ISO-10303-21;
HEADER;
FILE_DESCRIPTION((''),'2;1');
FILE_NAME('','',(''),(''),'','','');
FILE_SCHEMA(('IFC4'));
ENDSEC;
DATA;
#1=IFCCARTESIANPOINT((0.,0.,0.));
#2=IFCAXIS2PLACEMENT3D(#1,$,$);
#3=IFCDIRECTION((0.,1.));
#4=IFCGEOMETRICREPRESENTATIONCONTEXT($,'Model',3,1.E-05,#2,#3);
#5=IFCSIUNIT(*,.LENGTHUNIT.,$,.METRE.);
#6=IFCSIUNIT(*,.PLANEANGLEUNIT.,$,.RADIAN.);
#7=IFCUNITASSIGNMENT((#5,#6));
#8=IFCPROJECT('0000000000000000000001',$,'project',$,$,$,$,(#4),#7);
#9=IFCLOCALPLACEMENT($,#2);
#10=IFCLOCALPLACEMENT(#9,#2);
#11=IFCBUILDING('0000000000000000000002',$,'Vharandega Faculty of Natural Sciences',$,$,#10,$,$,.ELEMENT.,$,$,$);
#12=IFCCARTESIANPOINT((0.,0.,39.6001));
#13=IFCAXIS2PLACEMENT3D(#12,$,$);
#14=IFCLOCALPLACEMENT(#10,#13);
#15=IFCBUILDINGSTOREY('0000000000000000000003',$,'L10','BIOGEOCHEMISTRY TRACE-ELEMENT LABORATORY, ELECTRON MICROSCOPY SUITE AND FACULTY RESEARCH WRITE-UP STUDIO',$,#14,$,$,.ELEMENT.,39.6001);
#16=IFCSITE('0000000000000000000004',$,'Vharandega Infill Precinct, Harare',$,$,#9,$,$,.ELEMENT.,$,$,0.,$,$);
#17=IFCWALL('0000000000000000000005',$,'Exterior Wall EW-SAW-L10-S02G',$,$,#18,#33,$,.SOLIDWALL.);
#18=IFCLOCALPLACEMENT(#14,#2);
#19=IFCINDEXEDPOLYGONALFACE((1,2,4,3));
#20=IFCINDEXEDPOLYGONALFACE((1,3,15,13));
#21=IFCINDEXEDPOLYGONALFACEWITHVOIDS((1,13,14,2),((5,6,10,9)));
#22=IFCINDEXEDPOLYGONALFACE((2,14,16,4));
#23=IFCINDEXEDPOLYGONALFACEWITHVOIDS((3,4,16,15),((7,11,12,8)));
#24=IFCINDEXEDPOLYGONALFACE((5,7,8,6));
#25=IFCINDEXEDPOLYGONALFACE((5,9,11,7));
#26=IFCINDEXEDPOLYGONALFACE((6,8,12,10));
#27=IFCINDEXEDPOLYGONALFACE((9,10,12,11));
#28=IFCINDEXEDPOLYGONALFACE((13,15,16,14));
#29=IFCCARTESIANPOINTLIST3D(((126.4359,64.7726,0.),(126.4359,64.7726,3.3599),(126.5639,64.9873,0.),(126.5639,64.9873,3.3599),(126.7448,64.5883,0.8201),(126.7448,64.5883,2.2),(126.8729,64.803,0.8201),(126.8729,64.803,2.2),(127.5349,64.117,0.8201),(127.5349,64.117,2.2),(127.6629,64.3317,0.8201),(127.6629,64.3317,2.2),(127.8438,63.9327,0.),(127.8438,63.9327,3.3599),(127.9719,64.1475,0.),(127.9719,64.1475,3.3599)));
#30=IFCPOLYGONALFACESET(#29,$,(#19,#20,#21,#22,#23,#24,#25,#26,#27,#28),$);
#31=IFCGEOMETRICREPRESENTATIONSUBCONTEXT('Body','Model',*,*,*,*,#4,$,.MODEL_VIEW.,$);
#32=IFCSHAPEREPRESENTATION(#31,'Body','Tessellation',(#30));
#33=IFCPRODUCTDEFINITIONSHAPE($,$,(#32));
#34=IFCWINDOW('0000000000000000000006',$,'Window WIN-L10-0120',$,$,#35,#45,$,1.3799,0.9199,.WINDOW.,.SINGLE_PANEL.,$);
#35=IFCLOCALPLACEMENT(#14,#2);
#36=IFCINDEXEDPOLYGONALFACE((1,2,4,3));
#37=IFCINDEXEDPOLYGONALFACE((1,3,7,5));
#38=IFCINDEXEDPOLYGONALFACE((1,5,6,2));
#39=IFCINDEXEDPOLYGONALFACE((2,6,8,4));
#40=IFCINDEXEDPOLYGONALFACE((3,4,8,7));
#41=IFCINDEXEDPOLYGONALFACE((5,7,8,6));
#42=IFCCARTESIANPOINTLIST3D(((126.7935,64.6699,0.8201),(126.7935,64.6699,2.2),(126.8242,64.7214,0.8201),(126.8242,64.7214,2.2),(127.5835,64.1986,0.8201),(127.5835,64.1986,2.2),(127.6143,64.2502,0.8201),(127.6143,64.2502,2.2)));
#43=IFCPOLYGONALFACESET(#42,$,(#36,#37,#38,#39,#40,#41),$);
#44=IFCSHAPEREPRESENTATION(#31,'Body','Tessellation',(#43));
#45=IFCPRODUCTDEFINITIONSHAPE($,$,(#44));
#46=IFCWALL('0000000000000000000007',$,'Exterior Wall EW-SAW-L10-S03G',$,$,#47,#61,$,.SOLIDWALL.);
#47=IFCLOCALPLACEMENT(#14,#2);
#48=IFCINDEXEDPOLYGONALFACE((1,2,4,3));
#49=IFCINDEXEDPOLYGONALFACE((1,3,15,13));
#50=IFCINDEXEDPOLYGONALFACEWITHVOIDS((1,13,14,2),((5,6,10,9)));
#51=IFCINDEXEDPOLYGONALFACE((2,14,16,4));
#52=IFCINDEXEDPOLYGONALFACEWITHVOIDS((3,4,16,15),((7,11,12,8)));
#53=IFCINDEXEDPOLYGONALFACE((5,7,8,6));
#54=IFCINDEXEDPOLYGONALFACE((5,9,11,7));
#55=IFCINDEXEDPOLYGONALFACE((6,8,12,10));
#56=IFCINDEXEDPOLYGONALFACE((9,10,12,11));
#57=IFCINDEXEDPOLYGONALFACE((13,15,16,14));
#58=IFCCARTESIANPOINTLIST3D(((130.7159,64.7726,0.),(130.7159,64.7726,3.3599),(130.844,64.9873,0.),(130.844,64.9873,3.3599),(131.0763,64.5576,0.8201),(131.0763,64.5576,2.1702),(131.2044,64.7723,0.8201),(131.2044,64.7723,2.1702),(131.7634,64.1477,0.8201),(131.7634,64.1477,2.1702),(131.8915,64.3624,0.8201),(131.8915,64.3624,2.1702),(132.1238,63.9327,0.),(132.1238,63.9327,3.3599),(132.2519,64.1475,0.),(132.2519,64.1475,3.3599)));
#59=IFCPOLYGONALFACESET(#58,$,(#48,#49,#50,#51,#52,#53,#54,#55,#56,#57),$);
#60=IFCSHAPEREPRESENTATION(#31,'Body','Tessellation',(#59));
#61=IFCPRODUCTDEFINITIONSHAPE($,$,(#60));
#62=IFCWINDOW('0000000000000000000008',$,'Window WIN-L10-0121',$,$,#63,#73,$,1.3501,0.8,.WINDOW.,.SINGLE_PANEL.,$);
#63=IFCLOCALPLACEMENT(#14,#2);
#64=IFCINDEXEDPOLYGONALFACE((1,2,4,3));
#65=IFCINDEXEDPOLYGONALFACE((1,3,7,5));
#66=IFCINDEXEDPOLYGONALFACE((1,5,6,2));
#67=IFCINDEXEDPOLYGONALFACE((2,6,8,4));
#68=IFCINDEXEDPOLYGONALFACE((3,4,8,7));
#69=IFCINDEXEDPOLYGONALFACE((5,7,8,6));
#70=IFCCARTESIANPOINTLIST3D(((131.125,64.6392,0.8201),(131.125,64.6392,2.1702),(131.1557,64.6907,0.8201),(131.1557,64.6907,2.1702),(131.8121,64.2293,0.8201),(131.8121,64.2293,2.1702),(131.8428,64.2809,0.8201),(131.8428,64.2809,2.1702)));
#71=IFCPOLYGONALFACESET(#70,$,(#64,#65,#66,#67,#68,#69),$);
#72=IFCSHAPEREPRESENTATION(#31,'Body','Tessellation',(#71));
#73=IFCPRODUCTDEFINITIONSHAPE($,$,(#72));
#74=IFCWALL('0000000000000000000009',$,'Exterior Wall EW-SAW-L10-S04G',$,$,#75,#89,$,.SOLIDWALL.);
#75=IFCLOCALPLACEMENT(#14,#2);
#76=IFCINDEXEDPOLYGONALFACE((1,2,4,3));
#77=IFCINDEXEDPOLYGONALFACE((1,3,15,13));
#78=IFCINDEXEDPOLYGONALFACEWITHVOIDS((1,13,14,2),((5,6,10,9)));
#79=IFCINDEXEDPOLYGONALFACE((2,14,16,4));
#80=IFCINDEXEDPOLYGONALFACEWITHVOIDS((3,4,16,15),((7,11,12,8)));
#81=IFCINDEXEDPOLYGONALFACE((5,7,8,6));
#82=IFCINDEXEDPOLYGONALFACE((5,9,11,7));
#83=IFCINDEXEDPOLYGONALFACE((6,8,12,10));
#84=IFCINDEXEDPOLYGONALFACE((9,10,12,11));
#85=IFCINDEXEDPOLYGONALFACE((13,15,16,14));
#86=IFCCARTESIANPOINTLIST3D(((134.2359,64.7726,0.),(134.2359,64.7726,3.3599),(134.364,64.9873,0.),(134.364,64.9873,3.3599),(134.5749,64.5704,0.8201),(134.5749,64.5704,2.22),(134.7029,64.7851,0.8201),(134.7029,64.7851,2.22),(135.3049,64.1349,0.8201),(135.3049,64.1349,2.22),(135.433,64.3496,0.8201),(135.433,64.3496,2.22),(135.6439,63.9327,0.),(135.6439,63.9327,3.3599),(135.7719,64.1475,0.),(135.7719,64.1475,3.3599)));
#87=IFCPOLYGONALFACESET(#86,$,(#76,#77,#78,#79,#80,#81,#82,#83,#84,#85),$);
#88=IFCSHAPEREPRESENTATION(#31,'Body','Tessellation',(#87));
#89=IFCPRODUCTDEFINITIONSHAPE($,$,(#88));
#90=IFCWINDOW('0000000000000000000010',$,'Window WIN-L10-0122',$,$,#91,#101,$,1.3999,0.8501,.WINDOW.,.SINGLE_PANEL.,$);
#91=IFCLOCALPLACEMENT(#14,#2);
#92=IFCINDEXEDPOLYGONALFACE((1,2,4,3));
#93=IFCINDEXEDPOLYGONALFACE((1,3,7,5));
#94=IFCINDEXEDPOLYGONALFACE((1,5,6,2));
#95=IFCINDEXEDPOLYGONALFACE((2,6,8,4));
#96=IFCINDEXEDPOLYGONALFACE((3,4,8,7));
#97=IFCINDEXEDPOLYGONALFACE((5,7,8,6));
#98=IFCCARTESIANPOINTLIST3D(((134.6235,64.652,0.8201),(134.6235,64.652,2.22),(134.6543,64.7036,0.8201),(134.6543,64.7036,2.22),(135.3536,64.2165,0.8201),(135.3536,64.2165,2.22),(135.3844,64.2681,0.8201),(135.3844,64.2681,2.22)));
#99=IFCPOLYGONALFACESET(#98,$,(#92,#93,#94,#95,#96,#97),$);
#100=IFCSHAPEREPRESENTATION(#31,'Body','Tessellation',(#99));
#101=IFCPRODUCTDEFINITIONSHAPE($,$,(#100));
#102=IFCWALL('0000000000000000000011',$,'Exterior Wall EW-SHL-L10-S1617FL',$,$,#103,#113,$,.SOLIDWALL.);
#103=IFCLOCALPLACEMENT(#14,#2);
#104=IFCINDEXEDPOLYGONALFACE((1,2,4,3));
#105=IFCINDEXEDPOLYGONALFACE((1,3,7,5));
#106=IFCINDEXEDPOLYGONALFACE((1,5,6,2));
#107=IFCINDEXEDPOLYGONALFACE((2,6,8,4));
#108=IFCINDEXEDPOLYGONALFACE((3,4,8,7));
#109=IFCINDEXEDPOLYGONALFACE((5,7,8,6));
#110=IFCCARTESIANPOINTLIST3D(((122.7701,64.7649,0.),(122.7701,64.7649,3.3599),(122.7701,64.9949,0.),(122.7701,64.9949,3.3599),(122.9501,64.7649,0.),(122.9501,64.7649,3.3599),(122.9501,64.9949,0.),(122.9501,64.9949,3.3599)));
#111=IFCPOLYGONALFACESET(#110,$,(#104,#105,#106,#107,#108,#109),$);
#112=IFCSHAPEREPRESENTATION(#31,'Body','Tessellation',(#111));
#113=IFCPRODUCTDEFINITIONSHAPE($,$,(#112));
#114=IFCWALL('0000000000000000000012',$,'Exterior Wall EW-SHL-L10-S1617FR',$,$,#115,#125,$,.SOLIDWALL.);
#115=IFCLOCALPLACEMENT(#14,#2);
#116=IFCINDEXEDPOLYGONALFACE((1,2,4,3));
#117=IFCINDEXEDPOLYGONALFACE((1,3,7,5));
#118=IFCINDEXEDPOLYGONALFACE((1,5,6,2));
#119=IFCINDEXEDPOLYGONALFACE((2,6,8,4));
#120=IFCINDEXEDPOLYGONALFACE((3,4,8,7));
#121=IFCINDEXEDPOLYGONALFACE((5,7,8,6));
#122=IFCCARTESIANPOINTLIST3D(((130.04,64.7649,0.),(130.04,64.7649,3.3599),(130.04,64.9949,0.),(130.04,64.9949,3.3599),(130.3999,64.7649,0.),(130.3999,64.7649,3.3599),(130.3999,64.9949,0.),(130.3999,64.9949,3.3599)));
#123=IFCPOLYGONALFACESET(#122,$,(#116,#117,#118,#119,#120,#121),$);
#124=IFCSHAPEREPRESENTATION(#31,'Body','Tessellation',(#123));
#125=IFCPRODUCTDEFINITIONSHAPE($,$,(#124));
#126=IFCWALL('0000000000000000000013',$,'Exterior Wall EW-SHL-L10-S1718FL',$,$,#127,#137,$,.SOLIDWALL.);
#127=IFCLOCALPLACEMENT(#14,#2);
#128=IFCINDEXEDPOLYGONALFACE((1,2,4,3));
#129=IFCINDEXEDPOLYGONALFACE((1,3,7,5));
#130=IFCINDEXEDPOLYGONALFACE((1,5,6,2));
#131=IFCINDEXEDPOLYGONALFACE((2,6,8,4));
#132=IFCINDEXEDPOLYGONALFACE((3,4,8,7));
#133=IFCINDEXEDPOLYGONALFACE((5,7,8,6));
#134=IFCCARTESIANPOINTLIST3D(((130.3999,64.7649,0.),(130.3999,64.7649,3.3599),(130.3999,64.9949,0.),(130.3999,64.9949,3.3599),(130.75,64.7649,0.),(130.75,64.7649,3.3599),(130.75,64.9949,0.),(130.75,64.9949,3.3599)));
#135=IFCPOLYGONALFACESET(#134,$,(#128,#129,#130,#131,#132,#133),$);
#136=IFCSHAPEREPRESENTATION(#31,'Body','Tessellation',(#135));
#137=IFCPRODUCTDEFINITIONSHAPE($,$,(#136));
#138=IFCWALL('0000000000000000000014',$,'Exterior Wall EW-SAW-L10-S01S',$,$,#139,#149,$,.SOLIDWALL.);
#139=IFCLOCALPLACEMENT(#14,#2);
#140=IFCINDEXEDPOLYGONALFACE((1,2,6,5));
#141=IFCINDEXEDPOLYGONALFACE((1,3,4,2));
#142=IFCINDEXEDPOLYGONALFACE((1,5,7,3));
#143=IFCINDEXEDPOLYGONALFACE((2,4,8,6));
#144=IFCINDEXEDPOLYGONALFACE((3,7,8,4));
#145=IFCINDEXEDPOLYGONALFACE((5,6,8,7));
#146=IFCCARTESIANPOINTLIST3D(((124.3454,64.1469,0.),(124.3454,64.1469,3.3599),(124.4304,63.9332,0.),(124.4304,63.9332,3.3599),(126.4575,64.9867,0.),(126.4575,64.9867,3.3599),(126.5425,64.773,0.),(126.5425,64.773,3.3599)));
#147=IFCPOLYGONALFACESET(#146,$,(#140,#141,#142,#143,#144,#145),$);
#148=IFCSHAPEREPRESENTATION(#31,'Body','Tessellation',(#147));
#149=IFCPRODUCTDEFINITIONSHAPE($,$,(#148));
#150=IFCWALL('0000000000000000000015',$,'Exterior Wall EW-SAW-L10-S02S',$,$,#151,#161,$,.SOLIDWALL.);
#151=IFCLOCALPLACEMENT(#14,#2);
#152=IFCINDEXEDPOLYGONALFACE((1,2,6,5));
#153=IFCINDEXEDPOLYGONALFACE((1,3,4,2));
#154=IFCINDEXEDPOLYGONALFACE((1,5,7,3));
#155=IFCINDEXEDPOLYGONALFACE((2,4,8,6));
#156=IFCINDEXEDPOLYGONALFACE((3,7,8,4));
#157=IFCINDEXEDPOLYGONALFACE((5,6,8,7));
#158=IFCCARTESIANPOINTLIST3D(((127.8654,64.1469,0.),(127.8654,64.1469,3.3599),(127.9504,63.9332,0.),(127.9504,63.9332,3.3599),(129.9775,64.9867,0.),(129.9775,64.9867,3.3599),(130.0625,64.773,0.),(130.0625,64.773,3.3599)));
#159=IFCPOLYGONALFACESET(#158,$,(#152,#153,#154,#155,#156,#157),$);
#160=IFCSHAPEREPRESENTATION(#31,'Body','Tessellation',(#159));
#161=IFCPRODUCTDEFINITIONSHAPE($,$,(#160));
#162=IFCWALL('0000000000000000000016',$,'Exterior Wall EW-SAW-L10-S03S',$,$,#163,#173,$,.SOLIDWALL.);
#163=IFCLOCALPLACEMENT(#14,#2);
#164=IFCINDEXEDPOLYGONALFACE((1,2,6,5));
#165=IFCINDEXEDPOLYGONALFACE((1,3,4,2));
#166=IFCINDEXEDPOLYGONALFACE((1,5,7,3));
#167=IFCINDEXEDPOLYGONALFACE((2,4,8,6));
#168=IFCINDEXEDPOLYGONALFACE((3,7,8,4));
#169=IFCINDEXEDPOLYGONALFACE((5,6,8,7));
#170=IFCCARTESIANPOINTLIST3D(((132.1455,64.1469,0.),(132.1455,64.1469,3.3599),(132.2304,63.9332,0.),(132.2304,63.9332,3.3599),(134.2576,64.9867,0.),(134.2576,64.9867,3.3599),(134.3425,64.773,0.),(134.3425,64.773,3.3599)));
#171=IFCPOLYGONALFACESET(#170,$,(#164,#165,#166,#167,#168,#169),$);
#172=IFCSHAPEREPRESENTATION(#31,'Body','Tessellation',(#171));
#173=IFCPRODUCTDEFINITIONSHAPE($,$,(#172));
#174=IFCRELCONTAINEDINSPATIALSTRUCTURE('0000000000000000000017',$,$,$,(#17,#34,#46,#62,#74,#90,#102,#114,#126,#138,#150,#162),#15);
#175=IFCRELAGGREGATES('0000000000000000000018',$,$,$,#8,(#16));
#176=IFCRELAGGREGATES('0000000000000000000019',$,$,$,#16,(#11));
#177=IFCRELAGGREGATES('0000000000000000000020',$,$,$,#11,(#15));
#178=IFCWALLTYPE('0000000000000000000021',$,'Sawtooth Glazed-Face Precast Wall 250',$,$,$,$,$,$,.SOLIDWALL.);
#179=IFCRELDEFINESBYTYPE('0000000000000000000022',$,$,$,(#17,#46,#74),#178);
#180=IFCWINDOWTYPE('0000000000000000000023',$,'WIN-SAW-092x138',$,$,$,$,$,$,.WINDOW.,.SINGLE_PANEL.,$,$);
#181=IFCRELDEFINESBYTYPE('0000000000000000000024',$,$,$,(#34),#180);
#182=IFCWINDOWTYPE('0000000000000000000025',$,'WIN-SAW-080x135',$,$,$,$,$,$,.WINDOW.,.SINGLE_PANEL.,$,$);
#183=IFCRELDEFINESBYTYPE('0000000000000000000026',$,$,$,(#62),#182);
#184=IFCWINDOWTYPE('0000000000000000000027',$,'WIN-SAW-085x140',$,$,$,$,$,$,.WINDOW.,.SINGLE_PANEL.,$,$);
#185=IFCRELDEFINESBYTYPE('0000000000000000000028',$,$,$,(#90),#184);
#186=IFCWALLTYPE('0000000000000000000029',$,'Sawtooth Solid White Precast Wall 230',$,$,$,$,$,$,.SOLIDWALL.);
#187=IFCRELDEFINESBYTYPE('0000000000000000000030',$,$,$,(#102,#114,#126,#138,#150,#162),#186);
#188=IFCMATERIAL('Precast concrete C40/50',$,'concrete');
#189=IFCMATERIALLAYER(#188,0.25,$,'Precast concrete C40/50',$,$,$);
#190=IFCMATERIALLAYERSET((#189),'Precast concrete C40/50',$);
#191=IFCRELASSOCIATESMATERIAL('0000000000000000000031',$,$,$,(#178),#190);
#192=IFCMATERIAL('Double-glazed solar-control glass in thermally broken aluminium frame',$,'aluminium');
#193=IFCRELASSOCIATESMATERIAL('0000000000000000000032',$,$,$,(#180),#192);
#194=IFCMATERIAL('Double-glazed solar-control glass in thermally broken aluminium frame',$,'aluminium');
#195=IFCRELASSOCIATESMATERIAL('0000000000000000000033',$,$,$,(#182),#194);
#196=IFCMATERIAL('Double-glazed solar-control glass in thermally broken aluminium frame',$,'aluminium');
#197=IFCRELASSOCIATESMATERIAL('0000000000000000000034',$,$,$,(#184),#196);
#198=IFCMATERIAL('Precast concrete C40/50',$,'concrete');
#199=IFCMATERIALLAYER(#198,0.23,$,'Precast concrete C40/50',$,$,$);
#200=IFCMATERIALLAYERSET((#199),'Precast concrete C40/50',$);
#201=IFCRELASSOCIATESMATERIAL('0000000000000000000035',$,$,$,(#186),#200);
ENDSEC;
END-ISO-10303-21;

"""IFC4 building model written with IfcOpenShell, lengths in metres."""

from ifc_helpers import new_model, si_unit, direction, frame, frame_2d, origin, place, context, subcontext, project, spatial, rectangle, extrude, material, layer, layer_set, type_object, element, fill, save


model = new_model("IFC4")

# Units and contexts
model_context = context("Model", 3, precision=1e-05, world=origin(), true_north=direction((0.0, 1.0)))
body_context = subcontext(model_context, "Body", "Model", "MODEL_VIEW")
ifc_project = project(units=[si_unit("LENGTHUNIT", "METRE"), si_unit("PLANEANGLEUNIT", "RADIAN")], contexts=[model_context])

# Site, building, storey
site_placement = place(None, origin())
site = spatial("IfcSite", under=ifc_project, at=site_placement, Name="Vharandega Infill Precinct, Harare", CompositionType="ELEMENT", RefElevation=0.0)
building_placement = place(site_placement, origin())
building = spatial("IfcBuilding", under=site, at=building_placement, Name="Vharandega Faculty of Natural Sciences", CompositionType="ELEMENT")
storey_placement = place(building_placement, frame((0.0, 0.0, 39.6001)))
storey = spatial("IfcBuildingStorey", under=building, at=storey_placement, Name="L10", Description="BIOGEOCHEMISTRY TRACE-ELEMENT LABORATORY, ELECTRON MICROSCOPY SUITE AND FACULTY RESEARCH WRITE-UP STUDIO", CompositionType="ELEMENT", Elevation=39.6001)

# Walls, openings, windows
ifc_material_1 = material(Name="Precast concrete C40/50", Category="concrete")
ifc_layer_1 = layer(ifc_material_1, 0.25, Name="Precast concrete C40/50")
ifc_layer_set_1 = layer_set([ifc_layer_1], Name="Precast concrete C40/50")
wall_type_1 = type_object("IfcWallType", Name="Sawtooth Glazed-Face Precast Wall 250", PredefinedType="SOLIDWALL", material=ifc_layer_set_1)
wall_1_placement = place(storey_placement, frame((127.908, 64.04, 0.0), z_axis=(0.0, 0.0, 1.0), x_axis=(-0.858817, 0.512282, 0.0)))
wall_1 = element("IfcWall", 1, at=wall_1_placement, inside=storey, type_object=wall_type_1, Name="Exterior Wall EW-SAW-L10-S02G", PredefinedType="SOLIDWALL", context=body_context, shape_type="SweptSolid", body=[
    extrude(rectangle(XDim=1.6394, YDim=0.25, at=frame_2d((0.8198, 0.0))), origin(), (0.0, 0.0, 1.0), 3.3599),
])
opening_1_placement = place(wall_1_placement, frame((0.3599, 0.0, 0.8201)))
opening_1 = element("IfcOpeningElement", 2, at=opening_1_placement, cuts=wall_1, PredefinedType="OPENING", context=body_context, shape_type="SweptSolid", body=[
    extrude(rectangle(XDim=0.9199, YDim=1.3799, at=frame_2d((0.46, 0.6899))), frame((0.0, 0.135, 0.0), z_axis=(0.0, -1.0, 0.0), x_axis=(1.0, 0.0, 0.0)), (0.0, 0.0, 1.0), 0.27),
])
ifc_material_2 = material(Name="Double-glazed solar-control glass in thermally broken aluminium frame", Category="aluminium")
window_type_1 = type_object("IfcWindowType", Name="WIN-SAW-092x138", PartitioningType="SINGLE_PANEL", PredefinedType="WINDOW", material=ifc_material_2)
window_1_placement = place(opening_1_placement, origin())
window_1 = element("IfcWindow", 3, at=window_1_placement, inside=storey, type_object=window_type_1, Name="Window WIN-L10-0120", OverallHeight=1.3799, OverallWidth=0.9199, PartitioningType="SINGLE_PANEL", PredefinedType="WINDOW", context=body_context, shape_type="SweptSolid", body=[
    extrude(rectangle(XDim=0.9199, YDim=1.3799, at=frame_2d((0.46, 0.6899))), frame((0.0, 0.03, 0.0), z_axis=(0.0, -1.0, 0.0), x_axis=(1.0, 0.0, 0.0)), (0.0, 0.0, 1.0), 0.0601),
])
fill(opening_1, window_1)
wall_2_placement = place(storey_placement, frame((132.188, 64.04, 0.0), z_axis=(0.0, 0.0, 1.0), x_axis=(-0.858817, 0.512282, 0.0)))
wall_2 = element("IfcWall", 4, at=wall_2_placement, inside=storey, type_object=wall_type_1, Name="Exterior Wall EW-SAW-L10-S03G", PredefinedType="SOLIDWALL", context=body_context, shape_type="SweptSolid", body=[
    extrude(rectangle(XDim=1.6394, YDim=0.25, at=frame_2d((0.8198, 0.0))), origin(), (0.0, 0.0, 1.0), 3.3599),
])
opening_2_placement = place(wall_2_placement, frame((0.4199, 0.0, 0.8201)))
opening_2 = element("IfcOpeningElement", 5, at=opening_2_placement, cuts=wall_2, PredefinedType="OPENING", context=body_context, shape_type="SweptSolid", body=[
    extrude(rectangle(XDim=0.8, YDim=1.3501, at=frame_2d((0.3999, 0.675))), frame((0.0, 0.135, 0.0), z_axis=(0.0, -1.0, 0.0), x_axis=(1.0, 0.0, 0.0)), (0.0, 0.0, 1.0), 0.27),
])
ifc_material_3 = material(Name="Double-glazed solar-control glass in thermally broken aluminium frame", Category="aluminium")
window_type_2 = type_object("IfcWindowType", Name="WIN-SAW-080x135", PartitioningType="SINGLE_PANEL", PredefinedType="WINDOW", material=ifc_material_3)
window_2_placement = place(opening_2_placement, origin())
window_2 = element("IfcWindow", 6, at=window_2_placement, inside=storey, type_object=window_type_2, Name="Window WIN-L10-0121", OverallHeight=1.3501, OverallWidth=0.8, PartitioningType="SINGLE_PANEL", PredefinedType="WINDOW", context=body_context, shape_type="SweptSolid", body=[
    extrude(rectangle(XDim=0.8, YDim=1.3501, at=frame_2d((0.3999, 0.675))), frame((0.0, 0.03, 0.0), z_axis=(0.0, -1.0, 0.0), x_axis=(1.0, 0.0, 0.0)), (0.0, 0.0, 1.0), 0.0601),
])
fill(opening_2, window_2)
wall_3_placement = place(storey_placement, frame((135.708, 64.04, 0.0), z_axis=(0.0, 0.0, 1.0), x_axis=(-0.858817, 0.512282, 0.0)))
wall_3 = element("IfcWall", 7, at=wall_3_placement, inside=storey, type_object=wall_type_1, Name="Exterior Wall EW-SAW-L10-S04G", PredefinedType="SOLIDWALL", context=body_context, shape_type="SweptSolid", body=[
    extrude(rectangle(XDim=1.6394, YDim=0.25, at=frame_2d((0.8198, 0.0))), origin(), (0.0, 0.0, 1.0), 3.3599),
])
opening_3_placement = place(wall_3_placement, frame((0.3948, 0.0, 0.8201)))
opening_3 = element("IfcOpeningElement", 8, at=opening_3_placement, cuts=wall_3, PredefinedType="OPENING", context=body_context, shape_type="SweptSolid", body=[
    extrude(rectangle(XDim=0.8501, YDim=1.3999, at=frame_2d((0.425, 0.7))), frame((0.0, 0.135, 0.0), z_axis=(0.0, -1.0, 0.0), x_axis=(1.0, 0.0, 0.0)), (0.0, 0.0, 1.0), 0.27),
])
ifc_material_4 = material(Name="Double-glazed solar-control glass in thermally broken aluminium frame", Category="aluminium")
window_type_3 = type_object("IfcWindowType", Name="WIN-SAW-085x140", PartitioningType="SINGLE_PANEL", PredefinedType="WINDOW", material=ifc_material_4)
window_3_placement = place(opening_3_placement, origin())
window_3 = element("IfcWindow", 9, at=window_3_placement, inside=storey, type_object=window_type_3, Name="Window WIN-L10-0122", OverallHeight=1.3999, OverallWidth=0.8501, PartitioningType="SINGLE_PANEL", PredefinedType="WINDOW", context=body_context, shape_type="SweptSolid", body=[
    extrude(rectangle(XDim=0.8501, YDim=1.3999, at=frame_2d((0.425, 0.7))), frame((0.0, 0.03, 0.0), z_axis=(0.0, -1.0, 0.0), x_axis=(1.0, 0.0, 0.0)), (0.0, 0.0, 1.0), 0.0601),
])
fill(opening_3, window_3)

# Walls
ifc_material_5 = material(Name="Precast concrete C40/50", Category="concrete")
ifc_layer_2 = layer(ifc_material_5, 0.23, Name="Precast concrete C40/50")
ifc_layer_set_2 = layer_set([ifc_layer_2], Name="Precast concrete C40/50")
wall_type_2 = type_object("IfcWallType", Name="Sawtooth Solid White Precast Wall 230", PredefinedType="SOLIDWALL", material=ifc_layer_set_2)
wall_4_placement = place(storey_placement, frame((122.95, 64.8799, 0.0), z_axis=(0.0, 0.0, 1.0), x_axis=(-1.0, 0.0, 0.0)))
element("IfcWall", 10, at=wall_4_placement, inside=storey, type_object=wall_type_2, Name="Exterior Wall EW-SHL-L10-S1617FL", PredefinedType="SOLIDWALL", context=body_context, shape_type="SweptSolid", body=[
    extrude(rectangle(XDim=0.1799, YDim=0.23, at=frame_2d((0.0898, 0.0))), origin(), (0.0, 0.0, 1.0), 3.3599),
])
wall_5_placement = place(storey_placement, frame((130.3999, 64.8799, 0.0), z_axis=(0.0, 0.0, 1.0), x_axis=(-1.0, 0.0, 0.0)))
element("IfcWall", 11, at=wall_5_placement, inside=storey, type_object=wall_type_2, Name="Exterior Wall EW-SHL-L10-S1617FR", PredefinedType="SOLIDWALL", context=body_context, shape_type="SweptSolid", body=[
    extrude(rectangle(XDim=0.3599, YDim=0.23, at=frame_2d((0.1799, 0.0))), origin(), (0.0, 0.0, 1.0), 3.3599),
])
wall_6_placement = place(storey_placement, frame((130.75, 64.8799, 0.0), z_axis=(0.0, 0.0, 1.0), x_axis=(-1.0, 0.0, 0.0)))
element("IfcWall", 12, at=wall_6_placement, inside=storey, type_object=wall_type_2, Name="Exterior Wall EW-SHL-L10-S1718FL", PredefinedType="SOLIDWALL", context=body_context, shape_type="SweptSolid", body=[
    extrude(rectangle(XDim=0.3501, YDim=0.23, at=frame_2d((0.175, 0.0))), origin(), (0.0, 0.0, 1.0), 3.3599),
])
for number, where, z_axis, x_axis, name in (
    (13, (126.5, 64.8799, 0.0), (0.0, 0.0, 1.0), (-0.92923, -0.369501, 0.0), "Exterior Wall EW-SAW-L10-S01S"),
    (14, (130.02, 64.8799, 0.0), (0.0, 0.0, 1.0), (-0.92923, -0.369501, 0.0), "Exterior Wall EW-SAW-L10-S02S"),
    (15, (134.3, 64.8799, 0.0), (0.0, 0.0, 1.0), (-0.92923, -0.369501, 0.0), "Exterior Wall EW-SAW-L10-S03S"),
):
    element("IfcWall", number, at=place(storey_placement, frame(where, z_axis=z_axis, x_axis=x_axis)), inside=storey, type_object=wall_type_2, Name=name, PredefinedType="SOLIDWALL", context=body_context, shape_type="SweptSolid", body=[
        extrude(rectangle(XDim=2.2729, YDim=0.23, at=frame_2d((1.1365, 0.0))), origin(), (0.0, 0.0, 1.0), 3.3599),
    ])

save(model, "model.ifc")
